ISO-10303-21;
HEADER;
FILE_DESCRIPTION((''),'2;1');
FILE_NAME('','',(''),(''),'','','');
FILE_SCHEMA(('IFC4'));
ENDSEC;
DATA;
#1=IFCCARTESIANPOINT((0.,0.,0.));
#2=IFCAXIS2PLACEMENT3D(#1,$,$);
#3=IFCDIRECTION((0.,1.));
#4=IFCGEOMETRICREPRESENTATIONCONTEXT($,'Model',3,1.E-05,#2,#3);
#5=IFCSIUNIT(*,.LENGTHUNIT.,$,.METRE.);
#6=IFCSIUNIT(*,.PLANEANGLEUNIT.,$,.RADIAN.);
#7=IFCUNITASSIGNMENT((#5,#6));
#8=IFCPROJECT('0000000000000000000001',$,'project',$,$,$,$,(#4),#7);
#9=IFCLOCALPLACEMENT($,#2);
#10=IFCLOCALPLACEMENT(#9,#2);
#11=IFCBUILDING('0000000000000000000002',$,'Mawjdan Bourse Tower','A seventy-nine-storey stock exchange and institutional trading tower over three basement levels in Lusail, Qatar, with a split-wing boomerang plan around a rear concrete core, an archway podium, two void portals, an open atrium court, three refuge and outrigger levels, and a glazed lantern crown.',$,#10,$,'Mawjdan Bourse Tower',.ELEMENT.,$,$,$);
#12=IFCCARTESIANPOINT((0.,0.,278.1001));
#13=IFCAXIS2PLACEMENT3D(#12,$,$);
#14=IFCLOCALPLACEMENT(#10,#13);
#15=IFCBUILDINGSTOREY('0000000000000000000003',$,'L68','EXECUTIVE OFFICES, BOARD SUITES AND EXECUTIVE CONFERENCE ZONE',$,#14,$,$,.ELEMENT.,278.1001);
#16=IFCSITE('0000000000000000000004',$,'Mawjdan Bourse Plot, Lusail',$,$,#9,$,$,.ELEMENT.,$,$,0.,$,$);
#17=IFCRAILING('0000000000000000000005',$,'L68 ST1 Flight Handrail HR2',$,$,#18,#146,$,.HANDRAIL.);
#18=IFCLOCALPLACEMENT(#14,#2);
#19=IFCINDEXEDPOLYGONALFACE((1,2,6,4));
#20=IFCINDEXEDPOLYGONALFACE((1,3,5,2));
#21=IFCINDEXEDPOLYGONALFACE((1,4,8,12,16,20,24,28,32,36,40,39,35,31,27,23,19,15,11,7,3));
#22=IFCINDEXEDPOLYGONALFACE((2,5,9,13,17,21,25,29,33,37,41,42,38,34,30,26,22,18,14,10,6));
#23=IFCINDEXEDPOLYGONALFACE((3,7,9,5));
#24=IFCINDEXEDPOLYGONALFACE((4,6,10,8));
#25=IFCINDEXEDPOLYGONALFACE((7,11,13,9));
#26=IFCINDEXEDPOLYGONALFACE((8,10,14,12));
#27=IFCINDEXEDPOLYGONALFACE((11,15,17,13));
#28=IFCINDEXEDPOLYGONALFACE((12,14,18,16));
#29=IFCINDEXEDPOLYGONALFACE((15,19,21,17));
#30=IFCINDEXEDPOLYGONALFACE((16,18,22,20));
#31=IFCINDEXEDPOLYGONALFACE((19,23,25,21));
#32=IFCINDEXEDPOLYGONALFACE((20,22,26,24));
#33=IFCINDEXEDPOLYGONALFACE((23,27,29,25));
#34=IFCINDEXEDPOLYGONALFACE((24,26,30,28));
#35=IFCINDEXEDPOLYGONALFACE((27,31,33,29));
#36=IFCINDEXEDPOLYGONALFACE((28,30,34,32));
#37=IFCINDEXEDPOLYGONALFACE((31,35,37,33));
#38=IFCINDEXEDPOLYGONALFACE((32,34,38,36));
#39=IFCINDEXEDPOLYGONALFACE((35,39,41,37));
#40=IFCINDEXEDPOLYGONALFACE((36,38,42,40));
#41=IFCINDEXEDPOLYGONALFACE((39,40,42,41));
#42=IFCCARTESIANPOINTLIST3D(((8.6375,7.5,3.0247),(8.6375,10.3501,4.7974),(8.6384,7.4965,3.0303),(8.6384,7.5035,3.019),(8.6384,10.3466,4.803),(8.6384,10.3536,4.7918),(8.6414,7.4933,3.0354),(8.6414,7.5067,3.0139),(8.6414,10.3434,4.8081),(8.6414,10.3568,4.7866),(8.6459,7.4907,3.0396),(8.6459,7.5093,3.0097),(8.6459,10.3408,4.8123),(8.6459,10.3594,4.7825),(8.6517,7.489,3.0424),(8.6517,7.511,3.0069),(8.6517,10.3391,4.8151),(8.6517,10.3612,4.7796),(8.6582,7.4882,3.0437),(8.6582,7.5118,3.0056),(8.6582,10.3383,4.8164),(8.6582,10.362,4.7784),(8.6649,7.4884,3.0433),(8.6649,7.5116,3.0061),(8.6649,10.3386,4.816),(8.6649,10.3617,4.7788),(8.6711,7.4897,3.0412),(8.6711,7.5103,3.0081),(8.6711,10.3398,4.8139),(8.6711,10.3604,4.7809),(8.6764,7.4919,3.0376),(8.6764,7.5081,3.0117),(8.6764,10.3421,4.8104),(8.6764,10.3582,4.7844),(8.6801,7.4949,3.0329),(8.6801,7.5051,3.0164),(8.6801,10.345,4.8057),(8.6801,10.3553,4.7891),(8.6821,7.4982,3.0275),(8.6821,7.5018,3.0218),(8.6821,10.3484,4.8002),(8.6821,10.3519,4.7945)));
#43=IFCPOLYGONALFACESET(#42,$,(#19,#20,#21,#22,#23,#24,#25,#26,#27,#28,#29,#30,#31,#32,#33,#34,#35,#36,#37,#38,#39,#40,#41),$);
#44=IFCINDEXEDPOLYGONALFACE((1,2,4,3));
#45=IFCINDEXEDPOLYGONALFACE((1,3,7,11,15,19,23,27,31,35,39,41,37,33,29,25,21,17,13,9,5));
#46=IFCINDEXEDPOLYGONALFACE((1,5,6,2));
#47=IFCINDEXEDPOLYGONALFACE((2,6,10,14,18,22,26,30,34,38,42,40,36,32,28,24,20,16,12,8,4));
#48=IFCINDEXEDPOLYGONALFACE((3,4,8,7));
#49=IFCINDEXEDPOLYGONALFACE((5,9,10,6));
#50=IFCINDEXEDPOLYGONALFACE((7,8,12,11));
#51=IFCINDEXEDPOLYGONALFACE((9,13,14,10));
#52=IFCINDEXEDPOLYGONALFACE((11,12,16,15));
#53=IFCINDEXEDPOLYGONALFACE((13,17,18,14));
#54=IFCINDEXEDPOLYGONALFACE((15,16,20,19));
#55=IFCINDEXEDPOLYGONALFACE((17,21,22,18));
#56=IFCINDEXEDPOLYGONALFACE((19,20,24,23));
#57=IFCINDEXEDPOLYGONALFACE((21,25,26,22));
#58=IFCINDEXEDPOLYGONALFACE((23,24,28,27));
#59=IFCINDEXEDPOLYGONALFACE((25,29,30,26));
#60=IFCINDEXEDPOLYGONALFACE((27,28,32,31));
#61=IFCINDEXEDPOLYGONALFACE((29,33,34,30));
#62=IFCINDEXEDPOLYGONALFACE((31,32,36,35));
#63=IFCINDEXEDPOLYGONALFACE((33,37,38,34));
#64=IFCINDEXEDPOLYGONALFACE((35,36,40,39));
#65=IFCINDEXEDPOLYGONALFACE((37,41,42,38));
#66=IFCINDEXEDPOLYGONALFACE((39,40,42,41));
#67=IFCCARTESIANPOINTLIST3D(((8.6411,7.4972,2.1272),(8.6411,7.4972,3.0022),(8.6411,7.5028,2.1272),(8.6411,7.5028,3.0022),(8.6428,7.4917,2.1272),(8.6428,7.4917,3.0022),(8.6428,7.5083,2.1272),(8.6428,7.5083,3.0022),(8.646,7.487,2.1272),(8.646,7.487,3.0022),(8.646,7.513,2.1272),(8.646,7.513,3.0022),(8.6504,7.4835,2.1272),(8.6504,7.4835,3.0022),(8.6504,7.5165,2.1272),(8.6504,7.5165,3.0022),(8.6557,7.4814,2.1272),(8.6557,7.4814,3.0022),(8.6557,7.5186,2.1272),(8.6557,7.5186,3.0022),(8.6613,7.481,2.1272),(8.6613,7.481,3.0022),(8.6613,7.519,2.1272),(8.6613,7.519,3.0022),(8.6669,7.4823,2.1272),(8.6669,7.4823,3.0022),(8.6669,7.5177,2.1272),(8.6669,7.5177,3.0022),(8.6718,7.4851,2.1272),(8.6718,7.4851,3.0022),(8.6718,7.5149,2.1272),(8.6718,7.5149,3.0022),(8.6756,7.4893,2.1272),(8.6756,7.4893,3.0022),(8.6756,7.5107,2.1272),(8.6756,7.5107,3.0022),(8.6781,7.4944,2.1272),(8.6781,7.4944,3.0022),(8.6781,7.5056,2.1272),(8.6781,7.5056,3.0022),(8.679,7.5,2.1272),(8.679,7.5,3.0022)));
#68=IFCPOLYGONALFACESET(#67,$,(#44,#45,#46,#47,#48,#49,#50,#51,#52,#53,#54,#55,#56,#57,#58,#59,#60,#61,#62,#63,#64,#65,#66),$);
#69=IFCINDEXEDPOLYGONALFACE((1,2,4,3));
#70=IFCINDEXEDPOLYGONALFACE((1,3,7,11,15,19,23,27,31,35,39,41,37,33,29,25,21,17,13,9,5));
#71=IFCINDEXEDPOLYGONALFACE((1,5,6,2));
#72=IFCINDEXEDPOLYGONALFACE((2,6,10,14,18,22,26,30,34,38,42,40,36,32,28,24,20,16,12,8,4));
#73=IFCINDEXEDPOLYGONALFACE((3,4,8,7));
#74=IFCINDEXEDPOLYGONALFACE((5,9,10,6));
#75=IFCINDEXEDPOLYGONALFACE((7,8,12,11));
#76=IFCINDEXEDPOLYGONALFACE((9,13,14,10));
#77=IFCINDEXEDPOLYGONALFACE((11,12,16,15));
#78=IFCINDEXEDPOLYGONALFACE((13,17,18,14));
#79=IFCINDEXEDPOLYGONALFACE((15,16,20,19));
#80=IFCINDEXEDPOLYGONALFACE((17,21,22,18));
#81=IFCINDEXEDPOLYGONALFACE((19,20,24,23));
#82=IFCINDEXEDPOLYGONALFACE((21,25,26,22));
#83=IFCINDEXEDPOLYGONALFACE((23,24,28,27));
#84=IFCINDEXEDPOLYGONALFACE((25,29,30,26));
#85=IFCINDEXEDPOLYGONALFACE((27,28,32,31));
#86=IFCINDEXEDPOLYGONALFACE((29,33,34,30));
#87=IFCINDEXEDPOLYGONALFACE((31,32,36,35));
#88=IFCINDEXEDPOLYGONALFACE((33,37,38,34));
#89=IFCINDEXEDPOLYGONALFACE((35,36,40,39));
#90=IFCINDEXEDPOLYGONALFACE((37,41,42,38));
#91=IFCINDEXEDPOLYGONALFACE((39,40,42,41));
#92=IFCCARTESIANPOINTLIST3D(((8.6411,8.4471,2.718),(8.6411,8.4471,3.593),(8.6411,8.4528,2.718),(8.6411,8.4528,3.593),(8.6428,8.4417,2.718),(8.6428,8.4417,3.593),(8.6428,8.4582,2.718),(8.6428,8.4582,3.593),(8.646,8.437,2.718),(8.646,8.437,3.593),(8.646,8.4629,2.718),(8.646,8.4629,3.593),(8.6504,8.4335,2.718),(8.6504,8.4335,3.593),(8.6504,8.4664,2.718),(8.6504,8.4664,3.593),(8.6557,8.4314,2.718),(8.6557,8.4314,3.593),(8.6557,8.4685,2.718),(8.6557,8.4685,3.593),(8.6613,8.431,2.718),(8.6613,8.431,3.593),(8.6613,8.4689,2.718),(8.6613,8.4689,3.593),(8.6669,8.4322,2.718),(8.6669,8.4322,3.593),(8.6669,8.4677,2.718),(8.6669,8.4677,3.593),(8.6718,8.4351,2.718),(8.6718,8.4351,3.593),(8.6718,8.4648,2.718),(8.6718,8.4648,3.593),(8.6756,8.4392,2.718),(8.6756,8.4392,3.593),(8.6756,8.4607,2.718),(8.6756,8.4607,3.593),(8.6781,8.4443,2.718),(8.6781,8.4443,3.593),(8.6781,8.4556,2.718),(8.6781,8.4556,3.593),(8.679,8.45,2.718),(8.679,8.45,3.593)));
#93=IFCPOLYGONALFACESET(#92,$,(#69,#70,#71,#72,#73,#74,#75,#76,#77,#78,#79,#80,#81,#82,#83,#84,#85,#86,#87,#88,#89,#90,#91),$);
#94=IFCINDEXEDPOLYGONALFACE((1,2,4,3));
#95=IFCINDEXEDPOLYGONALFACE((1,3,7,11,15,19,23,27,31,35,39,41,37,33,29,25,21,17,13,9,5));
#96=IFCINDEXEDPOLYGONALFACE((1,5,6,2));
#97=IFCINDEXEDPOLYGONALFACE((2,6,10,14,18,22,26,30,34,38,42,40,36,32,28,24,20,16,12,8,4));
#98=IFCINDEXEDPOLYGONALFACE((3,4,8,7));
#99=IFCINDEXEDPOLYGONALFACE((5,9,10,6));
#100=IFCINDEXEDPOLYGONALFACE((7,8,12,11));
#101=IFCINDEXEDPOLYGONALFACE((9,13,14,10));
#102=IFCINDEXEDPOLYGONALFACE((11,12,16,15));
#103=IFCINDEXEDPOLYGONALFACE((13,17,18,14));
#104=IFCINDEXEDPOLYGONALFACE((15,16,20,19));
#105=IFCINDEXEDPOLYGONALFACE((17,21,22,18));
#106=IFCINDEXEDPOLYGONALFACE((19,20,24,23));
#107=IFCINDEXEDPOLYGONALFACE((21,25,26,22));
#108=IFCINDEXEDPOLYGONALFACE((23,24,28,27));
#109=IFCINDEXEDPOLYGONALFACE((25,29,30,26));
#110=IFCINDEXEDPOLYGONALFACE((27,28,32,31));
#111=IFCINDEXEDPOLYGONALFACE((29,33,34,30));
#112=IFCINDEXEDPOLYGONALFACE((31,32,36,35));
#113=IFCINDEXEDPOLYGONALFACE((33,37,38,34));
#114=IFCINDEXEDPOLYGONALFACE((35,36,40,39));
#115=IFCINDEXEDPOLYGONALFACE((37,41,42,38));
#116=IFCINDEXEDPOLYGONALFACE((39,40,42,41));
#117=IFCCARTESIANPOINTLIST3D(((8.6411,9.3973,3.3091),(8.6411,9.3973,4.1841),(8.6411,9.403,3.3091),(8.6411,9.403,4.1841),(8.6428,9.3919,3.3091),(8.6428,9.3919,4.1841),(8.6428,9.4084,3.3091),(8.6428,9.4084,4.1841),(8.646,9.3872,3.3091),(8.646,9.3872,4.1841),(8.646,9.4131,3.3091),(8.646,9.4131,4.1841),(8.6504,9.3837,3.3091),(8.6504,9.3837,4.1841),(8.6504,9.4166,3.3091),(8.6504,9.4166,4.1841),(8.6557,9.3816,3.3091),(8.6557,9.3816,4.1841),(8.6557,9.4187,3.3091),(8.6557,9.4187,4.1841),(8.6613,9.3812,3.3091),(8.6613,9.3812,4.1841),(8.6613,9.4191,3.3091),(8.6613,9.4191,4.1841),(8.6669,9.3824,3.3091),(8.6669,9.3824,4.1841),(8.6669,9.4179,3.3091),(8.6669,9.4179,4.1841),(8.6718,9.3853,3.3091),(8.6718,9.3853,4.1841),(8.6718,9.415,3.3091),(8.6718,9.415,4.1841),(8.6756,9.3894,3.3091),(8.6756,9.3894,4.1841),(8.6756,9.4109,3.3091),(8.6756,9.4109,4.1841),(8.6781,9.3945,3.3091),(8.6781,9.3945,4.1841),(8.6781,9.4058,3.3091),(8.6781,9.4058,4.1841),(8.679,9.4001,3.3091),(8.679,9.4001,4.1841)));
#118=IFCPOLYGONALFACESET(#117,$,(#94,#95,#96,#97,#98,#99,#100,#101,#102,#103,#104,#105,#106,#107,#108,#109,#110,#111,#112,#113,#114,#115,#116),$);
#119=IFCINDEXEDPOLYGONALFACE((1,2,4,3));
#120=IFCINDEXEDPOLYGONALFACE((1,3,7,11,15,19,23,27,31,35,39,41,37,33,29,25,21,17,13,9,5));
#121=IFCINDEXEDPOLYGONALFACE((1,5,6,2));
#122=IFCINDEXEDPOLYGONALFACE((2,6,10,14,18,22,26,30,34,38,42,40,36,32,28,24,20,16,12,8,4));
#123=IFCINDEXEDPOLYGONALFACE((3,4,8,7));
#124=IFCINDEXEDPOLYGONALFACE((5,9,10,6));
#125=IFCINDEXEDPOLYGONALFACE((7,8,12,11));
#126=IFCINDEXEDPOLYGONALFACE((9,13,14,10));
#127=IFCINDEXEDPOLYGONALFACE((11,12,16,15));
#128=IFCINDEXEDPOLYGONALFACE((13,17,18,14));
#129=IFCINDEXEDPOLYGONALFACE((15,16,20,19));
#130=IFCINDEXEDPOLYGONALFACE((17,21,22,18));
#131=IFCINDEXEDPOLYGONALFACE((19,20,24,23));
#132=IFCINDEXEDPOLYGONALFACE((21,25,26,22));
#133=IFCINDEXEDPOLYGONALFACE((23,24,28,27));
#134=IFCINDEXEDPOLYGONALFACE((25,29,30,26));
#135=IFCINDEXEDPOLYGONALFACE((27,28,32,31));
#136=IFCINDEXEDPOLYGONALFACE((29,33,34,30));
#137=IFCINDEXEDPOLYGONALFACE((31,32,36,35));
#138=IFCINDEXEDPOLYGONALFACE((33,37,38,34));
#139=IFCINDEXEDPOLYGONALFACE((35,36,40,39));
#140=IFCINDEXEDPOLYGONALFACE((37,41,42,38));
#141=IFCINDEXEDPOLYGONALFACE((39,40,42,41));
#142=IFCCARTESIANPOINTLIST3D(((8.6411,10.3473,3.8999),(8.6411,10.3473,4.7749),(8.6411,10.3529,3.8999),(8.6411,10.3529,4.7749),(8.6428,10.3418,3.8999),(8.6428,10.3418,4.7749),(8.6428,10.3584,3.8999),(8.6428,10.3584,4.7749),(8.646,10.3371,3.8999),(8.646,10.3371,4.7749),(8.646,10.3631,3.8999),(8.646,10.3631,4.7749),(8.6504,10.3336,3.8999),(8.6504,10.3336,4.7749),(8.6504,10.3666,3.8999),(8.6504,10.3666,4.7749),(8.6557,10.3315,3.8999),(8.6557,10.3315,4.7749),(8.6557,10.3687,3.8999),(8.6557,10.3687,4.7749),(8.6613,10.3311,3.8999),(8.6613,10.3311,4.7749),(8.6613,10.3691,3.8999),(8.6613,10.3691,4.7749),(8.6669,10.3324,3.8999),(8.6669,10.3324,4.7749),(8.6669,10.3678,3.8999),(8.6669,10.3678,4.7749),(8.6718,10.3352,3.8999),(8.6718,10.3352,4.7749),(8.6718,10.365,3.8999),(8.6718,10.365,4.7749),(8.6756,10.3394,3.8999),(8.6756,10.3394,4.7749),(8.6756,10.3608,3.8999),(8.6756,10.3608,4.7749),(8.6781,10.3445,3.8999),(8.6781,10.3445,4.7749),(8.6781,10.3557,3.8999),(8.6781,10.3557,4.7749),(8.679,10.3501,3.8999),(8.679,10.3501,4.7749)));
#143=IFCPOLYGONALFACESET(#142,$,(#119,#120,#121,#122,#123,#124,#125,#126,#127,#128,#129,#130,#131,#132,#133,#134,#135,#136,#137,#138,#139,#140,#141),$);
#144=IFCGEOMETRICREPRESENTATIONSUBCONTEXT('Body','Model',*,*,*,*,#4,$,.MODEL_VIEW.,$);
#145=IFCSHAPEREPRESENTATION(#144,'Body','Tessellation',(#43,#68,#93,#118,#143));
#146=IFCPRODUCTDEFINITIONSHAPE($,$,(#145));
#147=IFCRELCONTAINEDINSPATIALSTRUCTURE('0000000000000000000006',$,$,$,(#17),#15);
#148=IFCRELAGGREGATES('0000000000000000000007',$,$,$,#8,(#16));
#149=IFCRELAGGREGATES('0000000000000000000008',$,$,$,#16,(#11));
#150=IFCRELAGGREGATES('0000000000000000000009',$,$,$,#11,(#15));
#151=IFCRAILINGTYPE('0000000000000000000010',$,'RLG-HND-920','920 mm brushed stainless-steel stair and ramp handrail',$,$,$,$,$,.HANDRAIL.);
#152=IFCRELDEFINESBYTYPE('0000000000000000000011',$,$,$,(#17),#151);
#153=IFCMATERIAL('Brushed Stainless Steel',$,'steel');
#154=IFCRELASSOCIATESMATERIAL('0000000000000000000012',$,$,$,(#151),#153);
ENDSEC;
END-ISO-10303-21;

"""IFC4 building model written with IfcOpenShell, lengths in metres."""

from ifc_helpers import new_model, si_unit, direction, frame, origin, origin_2d, place, context, subcontext, project, spatial, circle, extrude, material, type_object, element, save


model = new_model("IFC4")

# Units and contexts
model_context = context("Model", 3, precision=1e-05, world=origin(), true_north=direction((0.0, 1.0)))
body_context = subcontext(model_context, "Body", "Model", "MODEL_VIEW")
ifc_project = project(units=[si_unit("LENGTHUNIT", "METRE"), si_unit("PLANEANGLEUNIT", "RADIAN")], contexts=[model_context])

# Site, building, storey
site_placement = place(None, origin())
site = spatial("IfcSite", under=ifc_project, at=site_placement, Name="Mawjdan Bourse Plot, Lusail", CompositionType="ELEMENT", RefElevation=0.0)
building_placement = place(site_placement, origin())
building = spatial("IfcBuilding", under=site, at=building_placement, Name="Mawjdan Bourse Tower", Description="A seventy-nine-storey stock exchange and institutional trading tower over three basement levels in Lusail, Qatar, with a split-wing boomerang plan around a rear concrete core, an archway podium, two void portals, an open atrium court, three refuge and outrigger levels, and a glazed lantern crown.", LongName="Mawjdan Bourse Tower", CompositionType="ELEMENT")
storey_placement = place(building_placement, frame((0.0, 0.0, 278.1001)))
storey = spatial("IfcBuildingStorey", under=building, at=storey_placement, Name="L68", Description="EXECUTIVE OFFICES, BOARD SUITES AND EXECUTIVE CONFERENCE ZONE", CompositionType="ELEMENT", Elevation=278.1001)

# Railing
ifc_material_1 = material(Name="Brushed Stainless Steel", Category="steel")
railing_type = type_object("IfcRailingType", Name="RLG-HND-920", Description="920 mm brushed stainless-steel stair and ramp handrail", PredefinedType="HANDRAIL", material=ifc_material_1)
railing_placement = place(storey_placement, frame((8.6599, 7.5, 2.1272)))
element("IfcRailing", 1, at=railing_placement, inside=storey, type_object=railing_type, Name="L68 ST1 Flight Handrail HR2", PredefinedType="HANDRAIL", context=body_context, shape_type="SweptSolid", body=[
    extrude(circle(Radius=0.0225, at=origin_2d()), frame((0.0, 0.0, 0.8975), z_axis=(0.0, 0.849149, 0.528154), x_axis=(-1.0, 0.0, 0.0)), (0.0, 0.0, 1.0), 3.3564),
    extrude(circle(Radius=0.019, at=origin_2d()), origin(), (0.0, 0.0, 1.0), 0.875),
    extrude(circle(Radius=0.019, at=origin_2d()), frame((0.0, 0.95, 0.5908)), (0.0, 0.0, 1.0), 0.875),
    extrude(circle(Radius=0.019, at=origin_2d()), frame((0.0, 1.9001, 1.1819)), (0.0, 0.0, 1.0), 0.875),
    extrude(circle(Radius=0.019, at=origin_2d()), frame((0.0, 2.8501, 1.7727)), (0.0, 0.0, 1.0), 0.875),
])

save(model, "model.ifc")
